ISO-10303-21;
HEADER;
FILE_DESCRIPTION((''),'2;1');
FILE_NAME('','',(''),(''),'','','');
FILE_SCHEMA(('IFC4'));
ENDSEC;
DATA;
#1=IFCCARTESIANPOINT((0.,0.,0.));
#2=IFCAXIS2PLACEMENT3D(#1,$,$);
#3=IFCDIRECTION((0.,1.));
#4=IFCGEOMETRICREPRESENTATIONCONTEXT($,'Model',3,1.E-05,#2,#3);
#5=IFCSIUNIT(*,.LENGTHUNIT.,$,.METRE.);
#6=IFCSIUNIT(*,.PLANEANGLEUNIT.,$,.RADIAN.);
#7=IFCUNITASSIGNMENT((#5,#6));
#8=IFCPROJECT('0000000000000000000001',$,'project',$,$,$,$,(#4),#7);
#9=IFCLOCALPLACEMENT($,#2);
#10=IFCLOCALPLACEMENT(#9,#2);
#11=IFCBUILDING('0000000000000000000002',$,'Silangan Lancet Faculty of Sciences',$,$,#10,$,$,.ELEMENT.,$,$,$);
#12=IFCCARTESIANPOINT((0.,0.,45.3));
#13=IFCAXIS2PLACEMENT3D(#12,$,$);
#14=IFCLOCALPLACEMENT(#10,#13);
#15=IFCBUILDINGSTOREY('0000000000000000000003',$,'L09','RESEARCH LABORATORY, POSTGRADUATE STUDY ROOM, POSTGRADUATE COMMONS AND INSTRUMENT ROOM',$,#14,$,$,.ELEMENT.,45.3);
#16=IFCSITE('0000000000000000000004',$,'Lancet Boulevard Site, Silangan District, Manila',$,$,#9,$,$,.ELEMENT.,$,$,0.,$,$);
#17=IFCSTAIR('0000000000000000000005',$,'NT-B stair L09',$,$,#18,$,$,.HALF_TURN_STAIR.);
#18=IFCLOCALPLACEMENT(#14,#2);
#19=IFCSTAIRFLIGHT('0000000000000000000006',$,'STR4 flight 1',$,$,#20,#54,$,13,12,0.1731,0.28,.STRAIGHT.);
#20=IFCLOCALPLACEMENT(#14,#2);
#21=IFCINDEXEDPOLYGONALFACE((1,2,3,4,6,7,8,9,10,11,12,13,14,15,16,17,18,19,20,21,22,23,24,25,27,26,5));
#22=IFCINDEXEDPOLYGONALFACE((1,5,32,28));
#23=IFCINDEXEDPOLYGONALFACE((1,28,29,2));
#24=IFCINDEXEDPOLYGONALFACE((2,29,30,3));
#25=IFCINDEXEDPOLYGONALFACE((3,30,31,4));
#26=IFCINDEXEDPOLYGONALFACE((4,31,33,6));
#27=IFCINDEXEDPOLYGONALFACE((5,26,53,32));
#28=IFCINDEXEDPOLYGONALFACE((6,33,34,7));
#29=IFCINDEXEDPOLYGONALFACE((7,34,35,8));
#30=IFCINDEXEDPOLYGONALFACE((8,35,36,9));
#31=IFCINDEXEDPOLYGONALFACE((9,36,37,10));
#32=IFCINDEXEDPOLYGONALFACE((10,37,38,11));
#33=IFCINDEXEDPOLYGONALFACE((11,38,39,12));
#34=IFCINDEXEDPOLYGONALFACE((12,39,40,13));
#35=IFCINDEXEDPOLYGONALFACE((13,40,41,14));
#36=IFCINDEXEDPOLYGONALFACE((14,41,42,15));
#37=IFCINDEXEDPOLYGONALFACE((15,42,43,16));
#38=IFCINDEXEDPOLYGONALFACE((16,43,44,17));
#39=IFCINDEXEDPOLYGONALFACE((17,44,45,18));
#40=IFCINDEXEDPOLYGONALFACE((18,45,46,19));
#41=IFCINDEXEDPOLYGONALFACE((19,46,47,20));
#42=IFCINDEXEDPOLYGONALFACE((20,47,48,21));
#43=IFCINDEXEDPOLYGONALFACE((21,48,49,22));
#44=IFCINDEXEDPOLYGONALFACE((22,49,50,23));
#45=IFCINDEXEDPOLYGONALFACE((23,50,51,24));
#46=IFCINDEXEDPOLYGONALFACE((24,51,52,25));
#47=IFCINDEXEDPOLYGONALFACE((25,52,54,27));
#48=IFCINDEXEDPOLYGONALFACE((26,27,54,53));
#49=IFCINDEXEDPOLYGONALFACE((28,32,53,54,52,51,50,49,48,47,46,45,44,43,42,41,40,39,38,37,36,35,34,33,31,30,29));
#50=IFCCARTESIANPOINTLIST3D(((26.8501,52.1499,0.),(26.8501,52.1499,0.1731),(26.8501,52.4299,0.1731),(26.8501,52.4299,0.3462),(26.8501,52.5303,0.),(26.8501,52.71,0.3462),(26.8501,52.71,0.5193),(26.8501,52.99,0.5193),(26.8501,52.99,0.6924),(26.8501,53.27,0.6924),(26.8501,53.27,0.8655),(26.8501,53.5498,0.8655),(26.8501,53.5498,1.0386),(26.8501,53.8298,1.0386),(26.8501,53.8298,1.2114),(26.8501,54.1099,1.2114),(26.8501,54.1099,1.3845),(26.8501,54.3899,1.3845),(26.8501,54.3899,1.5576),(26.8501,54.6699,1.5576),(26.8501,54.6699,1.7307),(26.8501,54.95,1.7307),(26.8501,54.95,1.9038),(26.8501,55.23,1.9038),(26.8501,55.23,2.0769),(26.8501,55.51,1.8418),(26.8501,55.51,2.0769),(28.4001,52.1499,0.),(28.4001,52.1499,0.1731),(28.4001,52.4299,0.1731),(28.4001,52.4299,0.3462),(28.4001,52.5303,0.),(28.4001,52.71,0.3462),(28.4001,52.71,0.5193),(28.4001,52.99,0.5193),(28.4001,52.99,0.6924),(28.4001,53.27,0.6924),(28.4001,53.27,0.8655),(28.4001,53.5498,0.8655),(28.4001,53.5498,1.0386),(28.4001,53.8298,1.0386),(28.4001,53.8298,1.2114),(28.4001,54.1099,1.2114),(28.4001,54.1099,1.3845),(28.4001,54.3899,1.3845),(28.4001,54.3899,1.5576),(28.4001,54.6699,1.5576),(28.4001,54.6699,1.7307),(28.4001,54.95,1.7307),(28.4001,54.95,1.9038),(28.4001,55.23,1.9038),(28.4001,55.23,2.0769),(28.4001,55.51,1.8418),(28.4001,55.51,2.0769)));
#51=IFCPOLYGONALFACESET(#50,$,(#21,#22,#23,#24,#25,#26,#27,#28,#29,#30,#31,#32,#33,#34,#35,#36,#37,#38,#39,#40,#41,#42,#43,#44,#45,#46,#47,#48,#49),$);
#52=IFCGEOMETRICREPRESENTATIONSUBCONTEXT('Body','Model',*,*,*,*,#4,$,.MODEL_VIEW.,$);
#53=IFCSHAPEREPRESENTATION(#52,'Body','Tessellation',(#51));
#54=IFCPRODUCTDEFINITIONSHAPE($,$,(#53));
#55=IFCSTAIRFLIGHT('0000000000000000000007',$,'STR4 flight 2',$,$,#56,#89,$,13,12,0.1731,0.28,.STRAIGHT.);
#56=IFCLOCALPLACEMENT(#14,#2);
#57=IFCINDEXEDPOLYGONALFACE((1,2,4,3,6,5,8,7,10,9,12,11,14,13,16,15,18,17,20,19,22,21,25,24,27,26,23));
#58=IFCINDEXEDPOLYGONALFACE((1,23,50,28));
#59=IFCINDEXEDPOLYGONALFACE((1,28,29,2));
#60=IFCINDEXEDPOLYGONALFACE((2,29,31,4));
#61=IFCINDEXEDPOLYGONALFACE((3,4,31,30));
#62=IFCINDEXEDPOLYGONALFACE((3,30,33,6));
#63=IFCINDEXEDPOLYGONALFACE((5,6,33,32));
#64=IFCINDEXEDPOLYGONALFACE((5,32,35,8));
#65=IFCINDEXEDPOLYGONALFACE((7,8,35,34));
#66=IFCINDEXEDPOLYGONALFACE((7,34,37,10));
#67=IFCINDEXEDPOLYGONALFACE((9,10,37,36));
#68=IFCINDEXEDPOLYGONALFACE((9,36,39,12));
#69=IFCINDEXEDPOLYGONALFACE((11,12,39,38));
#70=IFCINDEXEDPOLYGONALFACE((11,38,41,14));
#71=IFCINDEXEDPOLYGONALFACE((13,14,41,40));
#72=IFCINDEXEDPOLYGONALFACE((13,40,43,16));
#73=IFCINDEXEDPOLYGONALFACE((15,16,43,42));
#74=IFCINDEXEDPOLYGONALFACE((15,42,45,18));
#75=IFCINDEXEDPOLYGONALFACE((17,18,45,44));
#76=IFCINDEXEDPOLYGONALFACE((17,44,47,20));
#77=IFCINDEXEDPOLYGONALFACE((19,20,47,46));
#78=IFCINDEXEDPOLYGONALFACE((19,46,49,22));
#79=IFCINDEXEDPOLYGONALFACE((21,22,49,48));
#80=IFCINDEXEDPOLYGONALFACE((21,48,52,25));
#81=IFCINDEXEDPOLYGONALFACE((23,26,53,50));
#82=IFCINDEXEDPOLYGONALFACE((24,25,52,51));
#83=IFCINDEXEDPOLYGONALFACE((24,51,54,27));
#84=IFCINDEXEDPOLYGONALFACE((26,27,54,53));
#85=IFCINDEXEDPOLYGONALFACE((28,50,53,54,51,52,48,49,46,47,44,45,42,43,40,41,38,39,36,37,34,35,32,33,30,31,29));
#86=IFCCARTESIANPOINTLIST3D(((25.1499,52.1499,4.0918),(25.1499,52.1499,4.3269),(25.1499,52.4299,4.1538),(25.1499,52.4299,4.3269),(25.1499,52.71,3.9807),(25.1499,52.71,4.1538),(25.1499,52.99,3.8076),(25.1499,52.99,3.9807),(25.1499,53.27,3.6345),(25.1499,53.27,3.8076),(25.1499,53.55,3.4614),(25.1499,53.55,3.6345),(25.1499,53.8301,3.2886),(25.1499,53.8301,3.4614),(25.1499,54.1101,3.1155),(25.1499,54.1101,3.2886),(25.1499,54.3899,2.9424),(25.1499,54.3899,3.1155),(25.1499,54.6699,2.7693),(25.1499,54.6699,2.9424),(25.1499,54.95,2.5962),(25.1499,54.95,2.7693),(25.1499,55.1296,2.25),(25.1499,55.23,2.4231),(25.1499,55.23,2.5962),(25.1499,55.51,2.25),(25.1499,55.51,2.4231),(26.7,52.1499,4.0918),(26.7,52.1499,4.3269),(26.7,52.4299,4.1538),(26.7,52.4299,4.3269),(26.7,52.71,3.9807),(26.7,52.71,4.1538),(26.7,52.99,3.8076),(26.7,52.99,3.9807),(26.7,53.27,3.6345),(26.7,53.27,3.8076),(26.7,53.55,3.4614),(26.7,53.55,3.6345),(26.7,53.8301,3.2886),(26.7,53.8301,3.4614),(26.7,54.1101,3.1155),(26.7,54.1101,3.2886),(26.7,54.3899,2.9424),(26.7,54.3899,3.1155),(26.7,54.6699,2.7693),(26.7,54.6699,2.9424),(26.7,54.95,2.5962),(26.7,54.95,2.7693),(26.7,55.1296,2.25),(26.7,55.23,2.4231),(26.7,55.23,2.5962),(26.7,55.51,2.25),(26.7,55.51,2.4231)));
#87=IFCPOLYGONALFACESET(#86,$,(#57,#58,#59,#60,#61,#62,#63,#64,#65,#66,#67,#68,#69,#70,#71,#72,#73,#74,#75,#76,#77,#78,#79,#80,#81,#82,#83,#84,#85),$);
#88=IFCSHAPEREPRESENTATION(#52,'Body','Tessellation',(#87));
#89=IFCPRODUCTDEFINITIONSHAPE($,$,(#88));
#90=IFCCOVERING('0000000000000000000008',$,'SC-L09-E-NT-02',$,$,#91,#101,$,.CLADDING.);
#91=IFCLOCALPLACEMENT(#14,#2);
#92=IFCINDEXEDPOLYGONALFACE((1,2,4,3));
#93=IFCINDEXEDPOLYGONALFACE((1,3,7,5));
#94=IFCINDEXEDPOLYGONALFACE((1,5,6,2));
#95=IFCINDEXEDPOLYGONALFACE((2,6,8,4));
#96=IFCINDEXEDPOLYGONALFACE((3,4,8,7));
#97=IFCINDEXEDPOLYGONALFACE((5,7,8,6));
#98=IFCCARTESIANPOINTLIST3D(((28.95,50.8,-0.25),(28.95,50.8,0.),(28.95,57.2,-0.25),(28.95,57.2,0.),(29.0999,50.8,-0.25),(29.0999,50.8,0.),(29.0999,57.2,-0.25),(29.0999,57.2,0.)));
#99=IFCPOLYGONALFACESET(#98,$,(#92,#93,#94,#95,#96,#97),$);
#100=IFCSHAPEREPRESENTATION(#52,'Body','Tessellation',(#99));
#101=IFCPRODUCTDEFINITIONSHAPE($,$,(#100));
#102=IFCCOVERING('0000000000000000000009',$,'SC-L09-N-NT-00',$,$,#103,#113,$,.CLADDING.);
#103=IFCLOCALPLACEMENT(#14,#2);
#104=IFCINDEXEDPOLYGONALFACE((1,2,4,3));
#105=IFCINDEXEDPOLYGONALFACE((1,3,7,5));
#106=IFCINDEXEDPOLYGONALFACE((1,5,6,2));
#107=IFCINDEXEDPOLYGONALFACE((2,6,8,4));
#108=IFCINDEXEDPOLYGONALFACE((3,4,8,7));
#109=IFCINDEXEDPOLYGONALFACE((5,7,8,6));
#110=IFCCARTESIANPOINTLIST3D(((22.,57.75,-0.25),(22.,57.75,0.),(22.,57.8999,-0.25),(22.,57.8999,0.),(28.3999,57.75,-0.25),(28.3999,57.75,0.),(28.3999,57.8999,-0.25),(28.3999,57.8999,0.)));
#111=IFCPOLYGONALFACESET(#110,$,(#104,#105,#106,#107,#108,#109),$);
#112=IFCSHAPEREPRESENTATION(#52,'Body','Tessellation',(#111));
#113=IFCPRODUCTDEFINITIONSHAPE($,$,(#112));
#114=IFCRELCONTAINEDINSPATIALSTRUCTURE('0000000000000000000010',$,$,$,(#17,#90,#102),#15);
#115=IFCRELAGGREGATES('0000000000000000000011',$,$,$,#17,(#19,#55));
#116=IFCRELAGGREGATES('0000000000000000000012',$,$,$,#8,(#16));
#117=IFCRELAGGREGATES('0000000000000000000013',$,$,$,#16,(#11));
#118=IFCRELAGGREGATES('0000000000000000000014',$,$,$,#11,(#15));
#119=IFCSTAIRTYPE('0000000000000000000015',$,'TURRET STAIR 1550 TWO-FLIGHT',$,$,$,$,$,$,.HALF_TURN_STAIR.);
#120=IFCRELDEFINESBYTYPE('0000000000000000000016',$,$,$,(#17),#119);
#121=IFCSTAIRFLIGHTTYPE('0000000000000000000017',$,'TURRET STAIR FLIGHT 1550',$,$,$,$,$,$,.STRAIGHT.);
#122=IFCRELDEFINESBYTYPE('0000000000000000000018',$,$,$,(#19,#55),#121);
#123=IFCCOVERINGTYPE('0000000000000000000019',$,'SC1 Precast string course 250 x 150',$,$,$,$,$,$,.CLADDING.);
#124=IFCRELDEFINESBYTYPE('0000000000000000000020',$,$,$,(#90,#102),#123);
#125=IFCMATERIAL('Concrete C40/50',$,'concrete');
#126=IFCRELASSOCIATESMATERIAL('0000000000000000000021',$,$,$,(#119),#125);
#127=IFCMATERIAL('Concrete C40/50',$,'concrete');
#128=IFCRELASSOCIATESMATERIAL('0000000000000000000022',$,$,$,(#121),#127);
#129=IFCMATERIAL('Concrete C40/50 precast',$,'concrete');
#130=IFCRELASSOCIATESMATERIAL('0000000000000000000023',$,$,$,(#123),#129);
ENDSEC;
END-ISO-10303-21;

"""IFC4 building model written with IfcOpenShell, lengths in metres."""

from ifc_helpers import new_model, si_unit, direction, frame, origin, origin_2d, place, context, subcontext, project, spatial, polyline, rectangle, outline, extrude, material, type_object, element, aggregate, save


model = new_model("IFC4")

# Units and contexts
model_context = context("Model", 3, precision=1e-05, world=origin(), true_north=direction((0.0, 1.0)))
body_context = subcontext(model_context, "Body", "Model", "MODEL_VIEW")
ifc_project = project(units=[si_unit("LENGTHUNIT", "METRE"), si_unit("PLANEANGLEUNIT", "RADIAN")], contexts=[model_context])

# Site, building, storey
site_placement = place(None, origin())
site = spatial("IfcSite", under=ifc_project, at=site_placement, Name="Lancet Boulevard Site, Silangan District, Manila", CompositionType="ELEMENT", RefElevation=0.0)
building_placement = place(site_placement, origin())
building = spatial("IfcBuilding", under=site, at=building_placement, Name="Silangan Lancet Faculty of Sciences", CompositionType="ELEMENT")
storey_placement = place(building_placement, frame((0.0, 0.0, 45.3)))
storey = spatial("IfcBuildingStorey", under=building, at=storey_placement, Name="L09", Description="RESEARCH LABORATORY, POSTGRADUATE STUDY ROOM, POSTGRADUATE COMMONS AND INSTRUMENT ROOM", CompositionType="ELEMENT", Elevation=45.3)

# Stair, stair flights
ifc_material_1 = material(Name="Concrete C40/50", Category="concrete")
stair_type = type_object("IfcStairType", Name="TURRET STAIR 1550 TWO-FLIGHT", PredefinedType="HALF_TURN_STAIR", material=ifc_material_1)
stair_placement = place(storey_placement, origin())
stair = element("IfcStair", 1, at=stair_placement, inside=storey, type_object=stair_type, Name="NT-B stair L09", PredefinedType="HALF_TURN_STAIR")
ifc_material_2 = material(Name="Concrete C40/50", Category="concrete")
stair_flight_type = type_object("IfcStairFlightType", Name="TURRET STAIR FLIGHT 1550", PredefinedType="STRAIGHT", material=ifc_material_2)
stair_flight_1_placement = place(storey_placement, frame((27.625, 52.1499, 0.0), z_axis=(0.0, 0.0, 1.0), x_axis=(0.0, 1.0, 0.0)))
stair_flight_1 = element("IfcStairFlight", 2, at=stair_flight_1_placement, type_object=stair_flight_type, Name="STR4 flight 1", NumberOfRisers=13, NumberOfTreads=12, PredefinedType="STRAIGHT", RiserHeight=0.1731, TreadLength=0.28, context=body_context, shape_type="SweptSolid", body=[
    extrude(outline(polyline([(0.0, 0.0), (0.0, 0.1731), (0.28, 0.1731), (0.28, 0.3462), (0.5601, 0.3462), (0.5601, 0.5193), (0.8401, 0.5193), (0.8401, 0.6924), (1.1201, 0.6924), (1.1201, 0.8655), (1.3999, 0.8655), (1.3999, 1.0386), (1.6799, 1.0386), (1.6799, 1.2114), (1.96, 1.2114), (1.96, 1.3845), (2.24, 1.3845), (2.24, 1.5576), (2.52, 1.5576), (2.52, 1.7307), (2.8, 1.7307), (2.8, 1.9038), (3.0801, 1.9038), (3.0801, 2.0769), (3.3601, 2.0769), (3.3601, 2.25), (3.3601, 1.8418), (0.3804, 0.0), (0.0, 0.0)])), frame((0.0, 0.7749, 0.0), z_axis=(0.0, -1.0, 0.0), x_axis=(1.0, 0.0, 0.0)), (0.0, 0.0, 1.0), 1.55),
])
stair_flight_2_placement = place(storey_placement, frame((25.925, 55.51, 2.25), z_axis=(0.0, 0.0, 1.0), x_axis=(0.0, -1.0, 0.0)))
stair_flight_2 = element("IfcStairFlight", 3, at=stair_flight_2_placement, type_object=stair_flight_type, Name="STR4 flight 2", NumberOfRisers=13, NumberOfTreads=12, PredefinedType="STRAIGHT", RiserHeight=0.1731, TreadLength=0.28, context=body_context, shape_type="SweptSolid", body=[
    extrude(outline(polyline([(0.0, 0.0), (0.0, 0.1731), (0.28, 0.1731), (0.28, 0.3462), (0.5601, 0.3462), (0.5601, 0.5193), (0.8401, 0.5193), (0.8401, 0.6924), (1.1201, 0.6924), (1.1201, 0.8655), (1.3999, 0.8655), (1.3999, 1.0386), (1.6799, 1.0386), (1.6799, 1.2114), (1.96, 1.2114), (1.96, 1.3845), (2.24, 1.3845), (2.24, 1.5576), (2.52, 1.5576), (2.52, 1.7307), (2.8, 1.7307), (2.8, 1.9038), (3.0801, 1.9038), (3.0801, 2.0769), (3.3601, 2.0769), (3.3601, 2.25), (3.3601, 1.8418), (0.3804, 0.0), (0.0, 0.0)])), frame((0.0, 0.7749, 0.0), z_axis=(0.0, -1.0, 0.0), x_axis=(1.0, 0.0, 0.0)), (0.0, 0.0, 1.0), 1.55),
])
aggregate(stair, [stair_flight_1, stair_flight_2])

# Coverings
ifc_material_3 = material(Name="Concrete C40/50 precast", Category="concrete")
covering_type = type_object("IfcCoveringType", Name="SC1 Precast string course 250 x 150", PredefinedType="CLADDING", material=ifc_material_3)
covering_1_placement = place(storey_placement, frame((29.0249, 54.0, -0.25), z_axis=(0.0, 0.0, 1.0), x_axis=(1.0, 0.0, 0.0)))
element("IfcCovering", 4, at=covering_1_placement, inside=storey, type_object=covering_type, Name="SC-L09-E-NT-02", PredefinedType="CLADDING", context=body_context, shape_type="SweptSolid", body=[
    extrude(rectangle(XDim=0.1499, YDim=6.3999, at=origin_2d()), origin(), (0.0, 0.0, 1.0), 0.25),
])
covering_2_placement = place(storey_placement, frame((25.2, 57.825, -0.25), z_axis=(0.0, 0.0, 1.0), x_axis=(1.0, 0.0, 0.0)))
element("IfcCovering", 5, at=covering_2_placement, inside=storey, type_object=covering_type, Name="SC-L09-N-NT-00", PredefinedType="CLADDING", context=body_context, shape_type="SweptSolid", body=[
    extrude(rectangle(XDim=6.3999, YDim=0.1499, at=origin_2d()), origin(), (0.0, 0.0, 1.0), 0.25),
])

save(model, "model.ifc")
